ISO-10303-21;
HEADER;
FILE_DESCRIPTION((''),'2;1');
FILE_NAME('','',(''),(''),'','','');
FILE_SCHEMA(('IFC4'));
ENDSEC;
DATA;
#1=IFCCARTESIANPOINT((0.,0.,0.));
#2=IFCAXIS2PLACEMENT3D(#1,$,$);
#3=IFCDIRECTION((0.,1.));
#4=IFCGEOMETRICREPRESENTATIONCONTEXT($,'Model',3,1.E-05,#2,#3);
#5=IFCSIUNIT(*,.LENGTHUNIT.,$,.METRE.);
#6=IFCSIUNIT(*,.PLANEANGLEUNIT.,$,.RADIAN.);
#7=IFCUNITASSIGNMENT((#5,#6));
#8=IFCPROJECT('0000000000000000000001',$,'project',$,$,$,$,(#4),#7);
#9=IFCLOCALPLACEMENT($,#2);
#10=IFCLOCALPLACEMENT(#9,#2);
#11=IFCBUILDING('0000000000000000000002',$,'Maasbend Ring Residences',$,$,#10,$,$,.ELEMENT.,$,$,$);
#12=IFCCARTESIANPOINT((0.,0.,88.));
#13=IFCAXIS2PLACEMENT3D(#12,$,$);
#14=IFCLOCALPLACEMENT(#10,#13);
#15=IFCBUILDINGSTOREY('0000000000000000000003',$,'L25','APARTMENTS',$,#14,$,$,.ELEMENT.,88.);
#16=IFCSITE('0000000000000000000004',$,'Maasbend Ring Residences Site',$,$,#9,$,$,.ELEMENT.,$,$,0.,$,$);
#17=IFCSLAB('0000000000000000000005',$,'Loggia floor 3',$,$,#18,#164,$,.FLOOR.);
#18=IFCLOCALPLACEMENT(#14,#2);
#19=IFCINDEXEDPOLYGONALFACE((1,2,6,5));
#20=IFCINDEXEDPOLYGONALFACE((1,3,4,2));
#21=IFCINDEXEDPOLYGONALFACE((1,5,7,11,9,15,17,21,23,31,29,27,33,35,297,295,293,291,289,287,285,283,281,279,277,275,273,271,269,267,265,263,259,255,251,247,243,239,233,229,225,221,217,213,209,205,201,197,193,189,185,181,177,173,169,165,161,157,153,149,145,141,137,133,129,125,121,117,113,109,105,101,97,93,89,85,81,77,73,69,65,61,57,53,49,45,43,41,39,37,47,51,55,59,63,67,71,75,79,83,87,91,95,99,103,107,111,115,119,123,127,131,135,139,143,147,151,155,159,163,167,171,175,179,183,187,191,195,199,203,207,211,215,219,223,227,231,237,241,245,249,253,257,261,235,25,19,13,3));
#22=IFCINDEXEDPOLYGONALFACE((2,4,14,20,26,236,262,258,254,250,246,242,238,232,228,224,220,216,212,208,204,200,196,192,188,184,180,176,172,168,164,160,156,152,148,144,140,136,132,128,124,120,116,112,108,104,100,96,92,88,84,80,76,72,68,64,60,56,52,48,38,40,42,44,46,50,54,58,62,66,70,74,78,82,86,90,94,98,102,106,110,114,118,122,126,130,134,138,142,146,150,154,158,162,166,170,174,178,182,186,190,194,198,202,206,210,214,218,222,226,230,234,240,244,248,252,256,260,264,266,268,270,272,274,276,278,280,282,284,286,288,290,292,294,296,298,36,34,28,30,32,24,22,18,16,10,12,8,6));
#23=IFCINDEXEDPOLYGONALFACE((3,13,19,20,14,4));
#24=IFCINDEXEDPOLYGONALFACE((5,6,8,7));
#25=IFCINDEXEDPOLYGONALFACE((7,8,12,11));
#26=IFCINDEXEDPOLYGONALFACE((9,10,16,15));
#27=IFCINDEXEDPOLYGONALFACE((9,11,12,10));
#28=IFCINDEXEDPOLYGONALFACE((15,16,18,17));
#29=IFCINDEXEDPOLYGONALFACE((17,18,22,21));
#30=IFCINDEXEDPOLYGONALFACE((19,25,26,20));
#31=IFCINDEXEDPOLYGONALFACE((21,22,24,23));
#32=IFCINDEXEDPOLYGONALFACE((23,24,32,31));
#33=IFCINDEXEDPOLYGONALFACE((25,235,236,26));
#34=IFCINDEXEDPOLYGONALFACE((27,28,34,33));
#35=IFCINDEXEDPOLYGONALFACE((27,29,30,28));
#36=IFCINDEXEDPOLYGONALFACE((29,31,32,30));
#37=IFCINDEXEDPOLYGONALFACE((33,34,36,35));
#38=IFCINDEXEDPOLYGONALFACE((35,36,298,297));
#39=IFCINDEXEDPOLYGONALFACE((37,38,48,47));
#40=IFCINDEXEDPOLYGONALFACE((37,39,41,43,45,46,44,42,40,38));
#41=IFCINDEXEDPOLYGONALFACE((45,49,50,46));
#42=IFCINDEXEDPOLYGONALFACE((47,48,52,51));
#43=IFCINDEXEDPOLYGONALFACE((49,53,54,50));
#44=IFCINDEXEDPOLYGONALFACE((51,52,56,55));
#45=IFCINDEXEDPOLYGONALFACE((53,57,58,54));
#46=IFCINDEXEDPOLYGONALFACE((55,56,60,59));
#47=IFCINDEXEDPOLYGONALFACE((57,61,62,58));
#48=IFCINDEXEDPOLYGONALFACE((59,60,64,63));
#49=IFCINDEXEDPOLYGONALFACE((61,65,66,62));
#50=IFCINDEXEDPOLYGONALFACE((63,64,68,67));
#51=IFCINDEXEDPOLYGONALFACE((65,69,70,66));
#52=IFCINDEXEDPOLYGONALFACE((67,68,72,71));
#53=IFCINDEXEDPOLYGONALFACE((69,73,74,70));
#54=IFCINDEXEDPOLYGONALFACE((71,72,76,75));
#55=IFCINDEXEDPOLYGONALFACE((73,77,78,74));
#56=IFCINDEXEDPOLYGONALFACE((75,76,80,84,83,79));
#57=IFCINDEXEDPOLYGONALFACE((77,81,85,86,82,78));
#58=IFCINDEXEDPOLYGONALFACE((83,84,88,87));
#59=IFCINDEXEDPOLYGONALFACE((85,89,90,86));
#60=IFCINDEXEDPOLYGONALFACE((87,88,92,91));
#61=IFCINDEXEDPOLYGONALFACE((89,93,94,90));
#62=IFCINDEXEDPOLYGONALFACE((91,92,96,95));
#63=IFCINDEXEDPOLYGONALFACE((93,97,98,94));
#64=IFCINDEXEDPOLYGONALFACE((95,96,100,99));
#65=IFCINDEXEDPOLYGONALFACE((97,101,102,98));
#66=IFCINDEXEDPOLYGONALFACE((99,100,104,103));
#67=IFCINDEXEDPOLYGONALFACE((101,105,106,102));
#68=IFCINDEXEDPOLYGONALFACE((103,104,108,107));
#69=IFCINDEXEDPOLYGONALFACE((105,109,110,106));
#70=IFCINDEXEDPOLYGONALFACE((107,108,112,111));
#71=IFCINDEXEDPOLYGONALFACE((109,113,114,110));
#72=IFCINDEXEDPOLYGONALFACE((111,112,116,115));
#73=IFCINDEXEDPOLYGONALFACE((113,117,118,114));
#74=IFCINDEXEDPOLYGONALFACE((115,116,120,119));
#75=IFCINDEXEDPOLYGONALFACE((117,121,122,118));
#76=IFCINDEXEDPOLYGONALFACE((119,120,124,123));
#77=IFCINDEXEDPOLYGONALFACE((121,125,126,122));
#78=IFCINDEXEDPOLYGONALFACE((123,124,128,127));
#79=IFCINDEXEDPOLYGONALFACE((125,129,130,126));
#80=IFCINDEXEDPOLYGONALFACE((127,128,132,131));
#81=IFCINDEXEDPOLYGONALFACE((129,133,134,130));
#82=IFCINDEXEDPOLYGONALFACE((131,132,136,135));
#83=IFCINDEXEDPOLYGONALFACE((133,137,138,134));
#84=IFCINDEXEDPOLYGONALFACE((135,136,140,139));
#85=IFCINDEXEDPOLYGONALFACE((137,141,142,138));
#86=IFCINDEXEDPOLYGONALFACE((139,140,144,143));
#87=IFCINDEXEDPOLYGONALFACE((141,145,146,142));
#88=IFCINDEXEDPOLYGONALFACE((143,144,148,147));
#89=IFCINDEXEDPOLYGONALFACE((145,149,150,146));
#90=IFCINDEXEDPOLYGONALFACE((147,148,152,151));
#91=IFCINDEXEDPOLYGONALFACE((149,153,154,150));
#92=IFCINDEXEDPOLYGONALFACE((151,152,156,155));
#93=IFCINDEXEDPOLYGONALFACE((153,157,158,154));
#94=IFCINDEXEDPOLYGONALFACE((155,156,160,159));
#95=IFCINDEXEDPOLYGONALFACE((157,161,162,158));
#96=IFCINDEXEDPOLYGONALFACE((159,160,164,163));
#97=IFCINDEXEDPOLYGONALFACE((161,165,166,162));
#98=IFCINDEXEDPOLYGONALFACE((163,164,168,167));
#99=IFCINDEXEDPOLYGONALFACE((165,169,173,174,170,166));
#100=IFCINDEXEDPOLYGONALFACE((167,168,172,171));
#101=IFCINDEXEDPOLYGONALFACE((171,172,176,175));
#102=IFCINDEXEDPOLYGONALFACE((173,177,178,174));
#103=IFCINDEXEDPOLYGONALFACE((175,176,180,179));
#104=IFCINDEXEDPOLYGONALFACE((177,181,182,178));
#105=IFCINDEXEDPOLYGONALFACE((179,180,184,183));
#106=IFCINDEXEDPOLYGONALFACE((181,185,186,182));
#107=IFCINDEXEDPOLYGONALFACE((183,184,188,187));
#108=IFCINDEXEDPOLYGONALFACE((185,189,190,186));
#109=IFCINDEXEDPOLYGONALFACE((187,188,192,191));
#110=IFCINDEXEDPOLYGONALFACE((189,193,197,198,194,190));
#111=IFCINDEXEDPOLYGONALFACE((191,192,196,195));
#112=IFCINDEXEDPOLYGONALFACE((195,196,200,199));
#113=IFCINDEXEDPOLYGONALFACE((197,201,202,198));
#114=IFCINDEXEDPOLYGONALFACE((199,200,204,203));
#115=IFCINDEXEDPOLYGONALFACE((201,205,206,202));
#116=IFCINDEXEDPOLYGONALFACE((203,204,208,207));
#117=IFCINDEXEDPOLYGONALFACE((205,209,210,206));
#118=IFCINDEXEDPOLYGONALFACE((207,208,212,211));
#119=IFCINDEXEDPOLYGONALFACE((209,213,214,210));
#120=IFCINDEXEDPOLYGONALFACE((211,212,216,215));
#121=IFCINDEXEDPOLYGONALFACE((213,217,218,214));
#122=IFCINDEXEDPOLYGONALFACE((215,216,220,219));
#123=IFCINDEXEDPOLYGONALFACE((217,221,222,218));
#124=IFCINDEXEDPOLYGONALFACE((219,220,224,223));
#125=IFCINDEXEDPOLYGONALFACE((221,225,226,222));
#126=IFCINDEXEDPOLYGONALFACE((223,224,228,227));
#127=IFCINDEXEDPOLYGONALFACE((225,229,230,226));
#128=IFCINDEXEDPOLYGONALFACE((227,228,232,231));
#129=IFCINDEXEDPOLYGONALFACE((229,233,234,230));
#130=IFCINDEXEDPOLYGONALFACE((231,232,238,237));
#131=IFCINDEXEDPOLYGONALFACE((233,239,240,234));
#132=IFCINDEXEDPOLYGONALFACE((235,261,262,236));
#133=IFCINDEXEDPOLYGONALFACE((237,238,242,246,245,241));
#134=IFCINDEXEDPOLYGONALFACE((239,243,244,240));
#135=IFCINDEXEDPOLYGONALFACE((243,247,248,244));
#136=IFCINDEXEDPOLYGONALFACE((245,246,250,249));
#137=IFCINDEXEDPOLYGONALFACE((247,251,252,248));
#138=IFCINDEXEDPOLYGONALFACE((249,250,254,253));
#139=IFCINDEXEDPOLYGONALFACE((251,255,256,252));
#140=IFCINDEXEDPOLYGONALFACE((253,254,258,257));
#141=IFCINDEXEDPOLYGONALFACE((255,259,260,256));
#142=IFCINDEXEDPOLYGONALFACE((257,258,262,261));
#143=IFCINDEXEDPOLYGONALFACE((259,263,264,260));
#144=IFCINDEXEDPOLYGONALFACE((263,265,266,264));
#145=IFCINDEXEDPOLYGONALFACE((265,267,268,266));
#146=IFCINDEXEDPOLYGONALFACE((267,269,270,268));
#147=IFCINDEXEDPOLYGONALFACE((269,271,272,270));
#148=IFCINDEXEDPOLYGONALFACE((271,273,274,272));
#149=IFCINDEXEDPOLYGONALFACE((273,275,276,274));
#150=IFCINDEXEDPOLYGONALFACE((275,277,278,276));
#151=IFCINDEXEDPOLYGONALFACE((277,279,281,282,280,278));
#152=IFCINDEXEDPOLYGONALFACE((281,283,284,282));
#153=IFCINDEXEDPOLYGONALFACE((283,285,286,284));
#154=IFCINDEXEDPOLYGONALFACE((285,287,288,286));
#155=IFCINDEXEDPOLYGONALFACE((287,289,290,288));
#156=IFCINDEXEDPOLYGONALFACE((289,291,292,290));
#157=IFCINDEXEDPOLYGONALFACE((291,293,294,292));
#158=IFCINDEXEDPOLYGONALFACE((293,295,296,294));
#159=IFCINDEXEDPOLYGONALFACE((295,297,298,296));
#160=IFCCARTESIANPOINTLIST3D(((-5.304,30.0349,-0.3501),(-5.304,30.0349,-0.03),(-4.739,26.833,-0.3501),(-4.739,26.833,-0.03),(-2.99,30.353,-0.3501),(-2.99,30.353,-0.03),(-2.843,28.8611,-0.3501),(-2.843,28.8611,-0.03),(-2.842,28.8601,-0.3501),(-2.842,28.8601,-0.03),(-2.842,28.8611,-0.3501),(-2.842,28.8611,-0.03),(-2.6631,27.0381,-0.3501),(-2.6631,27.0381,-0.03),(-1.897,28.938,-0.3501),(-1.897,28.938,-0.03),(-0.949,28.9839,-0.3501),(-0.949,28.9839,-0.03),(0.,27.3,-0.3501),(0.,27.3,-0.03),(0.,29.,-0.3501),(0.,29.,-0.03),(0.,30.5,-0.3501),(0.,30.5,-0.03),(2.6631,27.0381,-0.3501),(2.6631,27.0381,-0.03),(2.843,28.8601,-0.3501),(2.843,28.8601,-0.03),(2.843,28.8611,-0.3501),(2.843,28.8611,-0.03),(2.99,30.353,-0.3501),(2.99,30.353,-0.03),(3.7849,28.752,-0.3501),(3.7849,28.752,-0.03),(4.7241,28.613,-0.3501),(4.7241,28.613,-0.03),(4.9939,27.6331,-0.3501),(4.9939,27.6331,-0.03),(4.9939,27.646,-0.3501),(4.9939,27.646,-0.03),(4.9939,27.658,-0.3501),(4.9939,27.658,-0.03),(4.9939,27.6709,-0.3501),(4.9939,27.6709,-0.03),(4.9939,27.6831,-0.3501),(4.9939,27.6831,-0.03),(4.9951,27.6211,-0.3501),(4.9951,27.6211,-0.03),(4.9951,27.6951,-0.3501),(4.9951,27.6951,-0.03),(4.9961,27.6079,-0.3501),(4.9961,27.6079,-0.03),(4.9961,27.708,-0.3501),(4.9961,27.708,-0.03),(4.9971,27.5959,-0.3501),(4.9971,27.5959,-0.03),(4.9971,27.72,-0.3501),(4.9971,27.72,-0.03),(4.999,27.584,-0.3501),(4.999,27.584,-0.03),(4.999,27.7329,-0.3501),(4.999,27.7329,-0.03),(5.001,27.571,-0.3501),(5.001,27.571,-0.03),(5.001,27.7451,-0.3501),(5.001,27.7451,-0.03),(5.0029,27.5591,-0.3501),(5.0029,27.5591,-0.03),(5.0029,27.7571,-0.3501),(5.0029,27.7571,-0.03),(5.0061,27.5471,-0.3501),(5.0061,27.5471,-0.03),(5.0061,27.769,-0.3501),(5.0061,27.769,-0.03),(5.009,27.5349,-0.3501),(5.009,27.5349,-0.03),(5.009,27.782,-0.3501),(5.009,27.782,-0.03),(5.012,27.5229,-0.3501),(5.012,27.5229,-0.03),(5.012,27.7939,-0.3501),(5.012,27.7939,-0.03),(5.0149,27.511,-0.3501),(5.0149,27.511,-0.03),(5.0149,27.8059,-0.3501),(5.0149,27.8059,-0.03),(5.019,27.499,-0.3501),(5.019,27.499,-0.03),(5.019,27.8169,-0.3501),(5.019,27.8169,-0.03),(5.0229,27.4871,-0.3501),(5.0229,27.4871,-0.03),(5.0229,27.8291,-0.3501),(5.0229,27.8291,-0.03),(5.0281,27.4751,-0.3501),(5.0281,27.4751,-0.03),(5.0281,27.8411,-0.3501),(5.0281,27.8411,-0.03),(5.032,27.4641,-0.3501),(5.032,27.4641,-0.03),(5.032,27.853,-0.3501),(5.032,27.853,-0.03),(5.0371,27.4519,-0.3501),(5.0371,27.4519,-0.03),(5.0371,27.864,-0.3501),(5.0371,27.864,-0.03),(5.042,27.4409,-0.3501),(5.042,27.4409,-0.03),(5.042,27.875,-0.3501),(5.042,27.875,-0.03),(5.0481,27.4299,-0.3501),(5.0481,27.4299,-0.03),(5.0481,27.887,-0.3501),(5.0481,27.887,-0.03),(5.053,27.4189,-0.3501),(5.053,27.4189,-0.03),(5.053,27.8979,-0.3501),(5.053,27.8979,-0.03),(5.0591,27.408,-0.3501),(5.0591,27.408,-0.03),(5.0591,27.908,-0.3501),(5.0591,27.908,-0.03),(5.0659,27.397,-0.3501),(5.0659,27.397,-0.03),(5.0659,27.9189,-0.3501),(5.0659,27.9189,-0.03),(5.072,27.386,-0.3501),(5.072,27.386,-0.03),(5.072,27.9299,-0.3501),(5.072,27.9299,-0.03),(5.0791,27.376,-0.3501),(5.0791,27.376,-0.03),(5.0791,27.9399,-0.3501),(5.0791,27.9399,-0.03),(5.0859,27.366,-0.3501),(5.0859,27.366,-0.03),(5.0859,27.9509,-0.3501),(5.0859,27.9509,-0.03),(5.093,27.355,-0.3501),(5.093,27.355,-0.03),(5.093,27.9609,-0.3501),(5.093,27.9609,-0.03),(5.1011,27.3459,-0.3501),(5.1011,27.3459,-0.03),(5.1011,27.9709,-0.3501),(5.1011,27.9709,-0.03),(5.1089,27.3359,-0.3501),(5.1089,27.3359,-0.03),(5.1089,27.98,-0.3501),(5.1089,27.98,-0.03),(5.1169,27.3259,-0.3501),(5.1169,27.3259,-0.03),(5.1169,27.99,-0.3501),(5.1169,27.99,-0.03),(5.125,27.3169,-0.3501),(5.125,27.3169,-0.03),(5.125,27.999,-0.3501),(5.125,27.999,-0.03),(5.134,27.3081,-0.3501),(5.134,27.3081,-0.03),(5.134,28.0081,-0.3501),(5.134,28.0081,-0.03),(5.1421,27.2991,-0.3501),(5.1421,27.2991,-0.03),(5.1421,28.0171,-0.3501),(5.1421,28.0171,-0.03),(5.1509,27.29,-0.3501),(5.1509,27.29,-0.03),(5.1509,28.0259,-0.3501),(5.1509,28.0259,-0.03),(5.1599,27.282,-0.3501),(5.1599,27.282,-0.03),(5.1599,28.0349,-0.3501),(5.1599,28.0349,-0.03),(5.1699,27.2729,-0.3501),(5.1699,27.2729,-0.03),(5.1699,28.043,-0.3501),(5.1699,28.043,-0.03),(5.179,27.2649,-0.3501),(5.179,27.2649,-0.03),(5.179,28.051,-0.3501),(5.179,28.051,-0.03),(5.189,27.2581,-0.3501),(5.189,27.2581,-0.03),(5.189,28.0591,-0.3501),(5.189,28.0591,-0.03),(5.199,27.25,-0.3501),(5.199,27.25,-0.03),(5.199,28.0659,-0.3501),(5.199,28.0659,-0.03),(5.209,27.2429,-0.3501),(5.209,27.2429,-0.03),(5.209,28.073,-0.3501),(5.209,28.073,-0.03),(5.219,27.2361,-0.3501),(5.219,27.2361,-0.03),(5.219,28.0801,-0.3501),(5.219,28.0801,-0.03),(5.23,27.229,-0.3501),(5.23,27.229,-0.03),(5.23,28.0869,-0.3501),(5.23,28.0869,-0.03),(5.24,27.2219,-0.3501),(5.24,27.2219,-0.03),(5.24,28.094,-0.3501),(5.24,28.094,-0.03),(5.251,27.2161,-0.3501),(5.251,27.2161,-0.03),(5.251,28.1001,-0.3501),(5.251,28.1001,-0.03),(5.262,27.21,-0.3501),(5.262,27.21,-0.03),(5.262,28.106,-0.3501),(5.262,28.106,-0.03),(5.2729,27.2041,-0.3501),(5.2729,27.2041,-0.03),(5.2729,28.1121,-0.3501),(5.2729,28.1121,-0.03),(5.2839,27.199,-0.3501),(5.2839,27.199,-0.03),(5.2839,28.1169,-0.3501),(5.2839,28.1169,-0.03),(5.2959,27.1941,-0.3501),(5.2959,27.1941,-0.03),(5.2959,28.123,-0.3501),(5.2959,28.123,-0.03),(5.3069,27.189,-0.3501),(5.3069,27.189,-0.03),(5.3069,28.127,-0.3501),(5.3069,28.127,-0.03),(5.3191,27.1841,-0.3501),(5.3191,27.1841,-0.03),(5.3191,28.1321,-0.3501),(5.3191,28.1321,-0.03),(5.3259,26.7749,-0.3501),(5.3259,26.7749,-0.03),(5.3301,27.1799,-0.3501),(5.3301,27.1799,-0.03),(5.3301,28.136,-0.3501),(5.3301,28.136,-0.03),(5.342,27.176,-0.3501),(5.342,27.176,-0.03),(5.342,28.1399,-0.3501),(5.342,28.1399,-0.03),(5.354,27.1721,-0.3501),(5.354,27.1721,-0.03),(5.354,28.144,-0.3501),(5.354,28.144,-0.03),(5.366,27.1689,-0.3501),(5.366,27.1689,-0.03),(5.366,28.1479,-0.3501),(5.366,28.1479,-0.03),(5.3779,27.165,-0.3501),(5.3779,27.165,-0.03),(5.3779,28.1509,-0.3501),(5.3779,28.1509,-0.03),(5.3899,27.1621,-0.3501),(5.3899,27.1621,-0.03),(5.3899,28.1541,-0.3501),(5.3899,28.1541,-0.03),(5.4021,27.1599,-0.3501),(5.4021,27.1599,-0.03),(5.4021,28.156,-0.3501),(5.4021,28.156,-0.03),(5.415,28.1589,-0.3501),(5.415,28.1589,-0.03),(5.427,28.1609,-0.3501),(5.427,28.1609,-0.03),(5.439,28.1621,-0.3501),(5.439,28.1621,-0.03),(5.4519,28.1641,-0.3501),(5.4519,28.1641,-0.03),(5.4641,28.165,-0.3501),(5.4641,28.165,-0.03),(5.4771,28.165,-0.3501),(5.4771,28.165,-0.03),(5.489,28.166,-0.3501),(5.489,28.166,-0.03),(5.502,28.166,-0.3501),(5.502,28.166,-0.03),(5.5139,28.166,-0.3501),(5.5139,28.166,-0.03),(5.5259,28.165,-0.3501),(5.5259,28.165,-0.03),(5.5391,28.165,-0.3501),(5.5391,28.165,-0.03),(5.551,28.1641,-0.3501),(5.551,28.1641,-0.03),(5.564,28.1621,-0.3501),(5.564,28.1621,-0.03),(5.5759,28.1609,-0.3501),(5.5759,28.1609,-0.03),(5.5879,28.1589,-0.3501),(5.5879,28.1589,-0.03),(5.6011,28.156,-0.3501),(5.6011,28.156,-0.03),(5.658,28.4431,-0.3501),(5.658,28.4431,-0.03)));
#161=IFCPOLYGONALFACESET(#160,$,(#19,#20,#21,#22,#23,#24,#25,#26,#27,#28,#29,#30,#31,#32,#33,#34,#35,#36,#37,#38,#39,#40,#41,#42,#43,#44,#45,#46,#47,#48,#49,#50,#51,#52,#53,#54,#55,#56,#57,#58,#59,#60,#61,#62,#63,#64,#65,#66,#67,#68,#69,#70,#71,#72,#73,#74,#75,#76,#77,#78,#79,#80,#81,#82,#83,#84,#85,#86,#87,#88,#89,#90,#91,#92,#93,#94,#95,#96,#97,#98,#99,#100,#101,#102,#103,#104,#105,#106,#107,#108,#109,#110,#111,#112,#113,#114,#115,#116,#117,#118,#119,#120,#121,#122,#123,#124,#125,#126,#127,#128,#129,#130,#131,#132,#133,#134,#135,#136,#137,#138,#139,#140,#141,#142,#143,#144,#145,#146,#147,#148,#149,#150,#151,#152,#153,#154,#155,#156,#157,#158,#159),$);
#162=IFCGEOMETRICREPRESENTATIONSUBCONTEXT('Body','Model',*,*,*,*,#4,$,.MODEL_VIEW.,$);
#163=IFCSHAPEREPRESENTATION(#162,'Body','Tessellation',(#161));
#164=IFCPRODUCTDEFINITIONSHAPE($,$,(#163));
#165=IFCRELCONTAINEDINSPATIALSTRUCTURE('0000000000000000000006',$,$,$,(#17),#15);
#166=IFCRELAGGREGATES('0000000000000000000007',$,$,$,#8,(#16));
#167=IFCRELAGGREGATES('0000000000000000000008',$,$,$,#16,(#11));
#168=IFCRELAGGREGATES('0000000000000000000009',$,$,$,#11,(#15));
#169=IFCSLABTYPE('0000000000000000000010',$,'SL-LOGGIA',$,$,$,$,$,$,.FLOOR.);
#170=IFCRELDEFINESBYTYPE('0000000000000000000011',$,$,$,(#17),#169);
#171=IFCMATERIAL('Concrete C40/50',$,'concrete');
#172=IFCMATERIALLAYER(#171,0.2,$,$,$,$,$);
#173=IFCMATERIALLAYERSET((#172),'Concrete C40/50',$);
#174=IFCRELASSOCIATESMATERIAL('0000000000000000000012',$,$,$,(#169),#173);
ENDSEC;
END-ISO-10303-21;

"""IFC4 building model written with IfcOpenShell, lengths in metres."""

from ifc_helpers import new_model, si_unit, direction, frame, origin, place, context, subcontext, project, spatial, polyline, outline, extrude, material, layer, layer_set, type_object, element, save


model = new_model("IFC4")

# Units and contexts
model_context = context("Model", 3, precision=1e-05, world=origin(), true_north=direction((0.0, 1.0)))
body_context = subcontext(model_context, "Body", "Model", "MODEL_VIEW")
ifc_project = project(units=[si_unit("LENGTHUNIT", "METRE"), si_unit("PLANEANGLEUNIT", "RADIAN")], contexts=[model_context])

# Site, building, storey
site_placement = place(None, origin())
site = spatial("IfcSite", under=ifc_project, at=site_placement, Name="Maasbend Ring Residences Site", CompositionType="ELEMENT", RefElevation=0.0)
building_placement = place(site_placement, origin())
building = spatial("IfcBuilding", under=site, at=building_placement, Name="Maasbend Ring Residences", CompositionType="ELEMENT")
storey_placement = place(building_placement, frame((0.0, 0.0, 88.0)))
storey = spatial("IfcBuildingStorey", under=building, at=storey_placement, Name="L25", Description="APARTMENTS", CompositionType="ELEMENT", Elevation=88.0)

# Slab
ifc_material_1 = material(Name="Concrete C40/50", Category="concrete")
ifc_layer_1 = layer(ifc_material_1, 0.2)
ifc_layer_set_1 = layer_set([ifc_layer_1], Name="Concrete C40/50")
slab_type_1 = type_object("IfcSlabType", Name="SL-LOGGIA", PredefinedType="FLOOR", material=ifc_layer_set_1)
slab_1_placement = place(storey_placement, frame((0.0, 0.0, -0.3501)))
element("IfcSlab", 1, at=slab_1_placement, inside=storey, type_object=slab_type_1, Name="Loggia floor 3", PredefinedType="FLOOR", context=body_context, shape_type="SweptSolid", body=[
    extrude(outline(polyline([(-2.843, 28.8611), (-2.843, 28.8611), (-2.843, 28.8611), (-2.843, 28.8611), (-2.842, 28.8611), (-2.842, 28.8611), (-2.842, 28.8611), (-2.842, 28.8611), (-2.842, 28.8611), (-2.842, 28.8601), (-2.842, 28.8601), (-2.842, 28.8601), (-2.842, 28.8601), (-2.842, 28.8601), (-2.842, 28.8601), (-2.842, 28.8601), (-2.842, 28.8601), (-1.897, 28.938), (-1.897, 28.938), (-0.949, 28.9839), (-0.949, 28.9839), (0.0, 29.0), (0.0, 29.0), (0.0, 29.0), (0.0, 29.0), (0.0, 29.0), (0.0, 29.0), (0.0, 29.0), (0.0, 29.0), (0.0, 29.0), (0.0, 29.0), (0.0, 29.0), (0.0, 29.0), (0.0, 29.0), (0.0, 29.0), (0.0, 29.0), (0.0, 29.0), (0.0, 29.0), (0.0, 30.5), (0.0, 30.5), (0.0, 30.5), (2.99, 30.353), (2.99, 30.353), (2.99, 30.353), (2.843, 28.8611), (2.843, 28.8611), (2.843, 28.8611), (2.843, 28.8611), (2.843, 28.8611), (2.843, 28.8611), (2.843, 28.8611), (2.843, 28.8611), (2.843, 28.8601), (2.843, 28.8601), (2.843, 28.8601), (2.843, 28.8601), (2.843, 28.8601), (2.843, 28.8601), (2.843, 28.8601), (2.843, 28.8601), (2.843, 28.8601), (3.7849, 28.752), (3.7849, 28.752), (4.7241, 28.613), (4.7241, 28.613), (5.658, 28.4431), (5.658, 28.4431), (5.658, 28.4431), (5.6011, 28.156), (5.6011, 28.156), (5.5879, 28.1589), (5.5759, 28.1609), (5.564, 28.1621), (5.551, 28.1641), (5.5391, 28.165), (5.5259, 28.165), (5.5139, 28.166), (5.502, 28.166), (5.489, 28.166), (5.4771, 28.165), (5.4641, 28.165), (5.4519, 28.1641), (5.439, 28.1621), (5.427, 28.1609), (5.415, 28.1589), (5.4021, 28.156), (5.3899, 28.1541), (5.3779, 28.1509), (5.366, 28.1479), (5.354, 28.144), (5.342, 28.1399), (5.3301, 28.136), (5.3191, 28.1321), (5.3069, 28.127), (5.2959, 28.123), (5.2839, 28.1169), (5.2729, 28.1121), (5.262, 28.106), (5.251, 28.1001), (5.24, 28.094), (5.23, 28.0869), (5.219, 28.0801), (5.209, 28.073), (5.199, 28.0659), (5.189, 28.0591), (5.179, 28.051), (5.1699, 28.043), (5.1599, 28.0349), (5.1509, 28.0259), (5.1421, 28.0171), (5.134, 28.0081), (5.125, 27.999), (5.1169, 27.99), (5.1089, 27.98), (5.1011, 27.9709), (5.093, 27.9609), (5.0859, 27.9509), (5.0791, 27.9399), (5.072, 27.9299), (5.0659, 27.9189), (5.0591, 27.908), (5.053, 27.8979), (5.0481, 27.887), (5.042, 27.875), (5.0371, 27.864), (5.032, 27.853), (5.0281, 27.8411), (5.0229, 27.8291), (5.019, 27.8169), (5.0149, 27.8059), (5.012, 27.7939), (5.009, 27.782), (5.0061, 27.769), (5.0029, 27.7571), (5.001, 27.7451), (4.999, 27.7329), (4.9971, 27.72), (4.9961, 27.708), (4.9951, 27.6951), (4.9939, 27.6831), (4.9939, 27.6709), (4.9939, 27.658), (4.9939, 27.646), (4.9939, 27.6331), (4.9951, 27.6211), (4.9961, 27.6079), (4.9971, 27.5959), (4.999, 27.584), (5.001, 27.571), (5.0029, 27.5591), (5.0061, 27.5471), (5.009, 27.5349), (5.012, 27.5229), (5.0149, 27.511), (5.019, 27.499), (5.0229, 27.4871), (5.0281, 27.4751), (5.032, 27.4641), (5.0371, 27.4519), (5.042, 27.4409), (5.0481, 27.4299), (5.053, 27.4189), (5.0591, 27.408), (5.0659, 27.397), (5.072, 27.386), (5.0791, 27.376), (5.0859, 27.366), (5.093, 27.355), (5.1011, 27.3459), (5.1089, 27.3359), (5.1169, 27.3259), (5.125, 27.3169), (5.134, 27.3081), (5.1421, 27.2991), (5.1509, 27.29), (5.1599, 27.282), (5.1699, 27.2729), (5.179, 27.2649), (5.189, 27.2581), (5.199, 27.25), (5.209, 27.2429), (5.219, 27.2361), (5.23, 27.229), (5.24, 27.2219), (5.251, 27.2161), (5.262, 27.21), (5.2729, 27.2041), (5.2839, 27.199), (5.2959, 27.1941), (5.3069, 27.189), (5.3191, 27.1841), (5.3301, 27.1799), (5.342, 27.176), (5.354, 27.1721), (5.366, 27.1689), (5.3779, 27.165), (5.3899, 27.1621), (5.4021, 27.1599), (5.4021, 27.1599), (5.3259, 26.7749), (5.3259, 26.7749), (5.3259, 26.7749), (2.6631, 27.0381), (0.0, 27.3), (0.0, 27.3), (0.0, 27.3), (-2.6631, 27.0381), (-4.739, 26.833), (-4.739, 26.833), (-4.739, 26.833), (-5.304, 30.0349), (-5.304, 30.0349), (-5.304, 30.0349), (-2.99, 30.353), (-2.99, 30.353), (-2.99, 30.353), (-2.843, 28.8611)])), origin(), (0.0, 0.0, 1.0), 0.3201),
])

save(model, "model.ifc")
